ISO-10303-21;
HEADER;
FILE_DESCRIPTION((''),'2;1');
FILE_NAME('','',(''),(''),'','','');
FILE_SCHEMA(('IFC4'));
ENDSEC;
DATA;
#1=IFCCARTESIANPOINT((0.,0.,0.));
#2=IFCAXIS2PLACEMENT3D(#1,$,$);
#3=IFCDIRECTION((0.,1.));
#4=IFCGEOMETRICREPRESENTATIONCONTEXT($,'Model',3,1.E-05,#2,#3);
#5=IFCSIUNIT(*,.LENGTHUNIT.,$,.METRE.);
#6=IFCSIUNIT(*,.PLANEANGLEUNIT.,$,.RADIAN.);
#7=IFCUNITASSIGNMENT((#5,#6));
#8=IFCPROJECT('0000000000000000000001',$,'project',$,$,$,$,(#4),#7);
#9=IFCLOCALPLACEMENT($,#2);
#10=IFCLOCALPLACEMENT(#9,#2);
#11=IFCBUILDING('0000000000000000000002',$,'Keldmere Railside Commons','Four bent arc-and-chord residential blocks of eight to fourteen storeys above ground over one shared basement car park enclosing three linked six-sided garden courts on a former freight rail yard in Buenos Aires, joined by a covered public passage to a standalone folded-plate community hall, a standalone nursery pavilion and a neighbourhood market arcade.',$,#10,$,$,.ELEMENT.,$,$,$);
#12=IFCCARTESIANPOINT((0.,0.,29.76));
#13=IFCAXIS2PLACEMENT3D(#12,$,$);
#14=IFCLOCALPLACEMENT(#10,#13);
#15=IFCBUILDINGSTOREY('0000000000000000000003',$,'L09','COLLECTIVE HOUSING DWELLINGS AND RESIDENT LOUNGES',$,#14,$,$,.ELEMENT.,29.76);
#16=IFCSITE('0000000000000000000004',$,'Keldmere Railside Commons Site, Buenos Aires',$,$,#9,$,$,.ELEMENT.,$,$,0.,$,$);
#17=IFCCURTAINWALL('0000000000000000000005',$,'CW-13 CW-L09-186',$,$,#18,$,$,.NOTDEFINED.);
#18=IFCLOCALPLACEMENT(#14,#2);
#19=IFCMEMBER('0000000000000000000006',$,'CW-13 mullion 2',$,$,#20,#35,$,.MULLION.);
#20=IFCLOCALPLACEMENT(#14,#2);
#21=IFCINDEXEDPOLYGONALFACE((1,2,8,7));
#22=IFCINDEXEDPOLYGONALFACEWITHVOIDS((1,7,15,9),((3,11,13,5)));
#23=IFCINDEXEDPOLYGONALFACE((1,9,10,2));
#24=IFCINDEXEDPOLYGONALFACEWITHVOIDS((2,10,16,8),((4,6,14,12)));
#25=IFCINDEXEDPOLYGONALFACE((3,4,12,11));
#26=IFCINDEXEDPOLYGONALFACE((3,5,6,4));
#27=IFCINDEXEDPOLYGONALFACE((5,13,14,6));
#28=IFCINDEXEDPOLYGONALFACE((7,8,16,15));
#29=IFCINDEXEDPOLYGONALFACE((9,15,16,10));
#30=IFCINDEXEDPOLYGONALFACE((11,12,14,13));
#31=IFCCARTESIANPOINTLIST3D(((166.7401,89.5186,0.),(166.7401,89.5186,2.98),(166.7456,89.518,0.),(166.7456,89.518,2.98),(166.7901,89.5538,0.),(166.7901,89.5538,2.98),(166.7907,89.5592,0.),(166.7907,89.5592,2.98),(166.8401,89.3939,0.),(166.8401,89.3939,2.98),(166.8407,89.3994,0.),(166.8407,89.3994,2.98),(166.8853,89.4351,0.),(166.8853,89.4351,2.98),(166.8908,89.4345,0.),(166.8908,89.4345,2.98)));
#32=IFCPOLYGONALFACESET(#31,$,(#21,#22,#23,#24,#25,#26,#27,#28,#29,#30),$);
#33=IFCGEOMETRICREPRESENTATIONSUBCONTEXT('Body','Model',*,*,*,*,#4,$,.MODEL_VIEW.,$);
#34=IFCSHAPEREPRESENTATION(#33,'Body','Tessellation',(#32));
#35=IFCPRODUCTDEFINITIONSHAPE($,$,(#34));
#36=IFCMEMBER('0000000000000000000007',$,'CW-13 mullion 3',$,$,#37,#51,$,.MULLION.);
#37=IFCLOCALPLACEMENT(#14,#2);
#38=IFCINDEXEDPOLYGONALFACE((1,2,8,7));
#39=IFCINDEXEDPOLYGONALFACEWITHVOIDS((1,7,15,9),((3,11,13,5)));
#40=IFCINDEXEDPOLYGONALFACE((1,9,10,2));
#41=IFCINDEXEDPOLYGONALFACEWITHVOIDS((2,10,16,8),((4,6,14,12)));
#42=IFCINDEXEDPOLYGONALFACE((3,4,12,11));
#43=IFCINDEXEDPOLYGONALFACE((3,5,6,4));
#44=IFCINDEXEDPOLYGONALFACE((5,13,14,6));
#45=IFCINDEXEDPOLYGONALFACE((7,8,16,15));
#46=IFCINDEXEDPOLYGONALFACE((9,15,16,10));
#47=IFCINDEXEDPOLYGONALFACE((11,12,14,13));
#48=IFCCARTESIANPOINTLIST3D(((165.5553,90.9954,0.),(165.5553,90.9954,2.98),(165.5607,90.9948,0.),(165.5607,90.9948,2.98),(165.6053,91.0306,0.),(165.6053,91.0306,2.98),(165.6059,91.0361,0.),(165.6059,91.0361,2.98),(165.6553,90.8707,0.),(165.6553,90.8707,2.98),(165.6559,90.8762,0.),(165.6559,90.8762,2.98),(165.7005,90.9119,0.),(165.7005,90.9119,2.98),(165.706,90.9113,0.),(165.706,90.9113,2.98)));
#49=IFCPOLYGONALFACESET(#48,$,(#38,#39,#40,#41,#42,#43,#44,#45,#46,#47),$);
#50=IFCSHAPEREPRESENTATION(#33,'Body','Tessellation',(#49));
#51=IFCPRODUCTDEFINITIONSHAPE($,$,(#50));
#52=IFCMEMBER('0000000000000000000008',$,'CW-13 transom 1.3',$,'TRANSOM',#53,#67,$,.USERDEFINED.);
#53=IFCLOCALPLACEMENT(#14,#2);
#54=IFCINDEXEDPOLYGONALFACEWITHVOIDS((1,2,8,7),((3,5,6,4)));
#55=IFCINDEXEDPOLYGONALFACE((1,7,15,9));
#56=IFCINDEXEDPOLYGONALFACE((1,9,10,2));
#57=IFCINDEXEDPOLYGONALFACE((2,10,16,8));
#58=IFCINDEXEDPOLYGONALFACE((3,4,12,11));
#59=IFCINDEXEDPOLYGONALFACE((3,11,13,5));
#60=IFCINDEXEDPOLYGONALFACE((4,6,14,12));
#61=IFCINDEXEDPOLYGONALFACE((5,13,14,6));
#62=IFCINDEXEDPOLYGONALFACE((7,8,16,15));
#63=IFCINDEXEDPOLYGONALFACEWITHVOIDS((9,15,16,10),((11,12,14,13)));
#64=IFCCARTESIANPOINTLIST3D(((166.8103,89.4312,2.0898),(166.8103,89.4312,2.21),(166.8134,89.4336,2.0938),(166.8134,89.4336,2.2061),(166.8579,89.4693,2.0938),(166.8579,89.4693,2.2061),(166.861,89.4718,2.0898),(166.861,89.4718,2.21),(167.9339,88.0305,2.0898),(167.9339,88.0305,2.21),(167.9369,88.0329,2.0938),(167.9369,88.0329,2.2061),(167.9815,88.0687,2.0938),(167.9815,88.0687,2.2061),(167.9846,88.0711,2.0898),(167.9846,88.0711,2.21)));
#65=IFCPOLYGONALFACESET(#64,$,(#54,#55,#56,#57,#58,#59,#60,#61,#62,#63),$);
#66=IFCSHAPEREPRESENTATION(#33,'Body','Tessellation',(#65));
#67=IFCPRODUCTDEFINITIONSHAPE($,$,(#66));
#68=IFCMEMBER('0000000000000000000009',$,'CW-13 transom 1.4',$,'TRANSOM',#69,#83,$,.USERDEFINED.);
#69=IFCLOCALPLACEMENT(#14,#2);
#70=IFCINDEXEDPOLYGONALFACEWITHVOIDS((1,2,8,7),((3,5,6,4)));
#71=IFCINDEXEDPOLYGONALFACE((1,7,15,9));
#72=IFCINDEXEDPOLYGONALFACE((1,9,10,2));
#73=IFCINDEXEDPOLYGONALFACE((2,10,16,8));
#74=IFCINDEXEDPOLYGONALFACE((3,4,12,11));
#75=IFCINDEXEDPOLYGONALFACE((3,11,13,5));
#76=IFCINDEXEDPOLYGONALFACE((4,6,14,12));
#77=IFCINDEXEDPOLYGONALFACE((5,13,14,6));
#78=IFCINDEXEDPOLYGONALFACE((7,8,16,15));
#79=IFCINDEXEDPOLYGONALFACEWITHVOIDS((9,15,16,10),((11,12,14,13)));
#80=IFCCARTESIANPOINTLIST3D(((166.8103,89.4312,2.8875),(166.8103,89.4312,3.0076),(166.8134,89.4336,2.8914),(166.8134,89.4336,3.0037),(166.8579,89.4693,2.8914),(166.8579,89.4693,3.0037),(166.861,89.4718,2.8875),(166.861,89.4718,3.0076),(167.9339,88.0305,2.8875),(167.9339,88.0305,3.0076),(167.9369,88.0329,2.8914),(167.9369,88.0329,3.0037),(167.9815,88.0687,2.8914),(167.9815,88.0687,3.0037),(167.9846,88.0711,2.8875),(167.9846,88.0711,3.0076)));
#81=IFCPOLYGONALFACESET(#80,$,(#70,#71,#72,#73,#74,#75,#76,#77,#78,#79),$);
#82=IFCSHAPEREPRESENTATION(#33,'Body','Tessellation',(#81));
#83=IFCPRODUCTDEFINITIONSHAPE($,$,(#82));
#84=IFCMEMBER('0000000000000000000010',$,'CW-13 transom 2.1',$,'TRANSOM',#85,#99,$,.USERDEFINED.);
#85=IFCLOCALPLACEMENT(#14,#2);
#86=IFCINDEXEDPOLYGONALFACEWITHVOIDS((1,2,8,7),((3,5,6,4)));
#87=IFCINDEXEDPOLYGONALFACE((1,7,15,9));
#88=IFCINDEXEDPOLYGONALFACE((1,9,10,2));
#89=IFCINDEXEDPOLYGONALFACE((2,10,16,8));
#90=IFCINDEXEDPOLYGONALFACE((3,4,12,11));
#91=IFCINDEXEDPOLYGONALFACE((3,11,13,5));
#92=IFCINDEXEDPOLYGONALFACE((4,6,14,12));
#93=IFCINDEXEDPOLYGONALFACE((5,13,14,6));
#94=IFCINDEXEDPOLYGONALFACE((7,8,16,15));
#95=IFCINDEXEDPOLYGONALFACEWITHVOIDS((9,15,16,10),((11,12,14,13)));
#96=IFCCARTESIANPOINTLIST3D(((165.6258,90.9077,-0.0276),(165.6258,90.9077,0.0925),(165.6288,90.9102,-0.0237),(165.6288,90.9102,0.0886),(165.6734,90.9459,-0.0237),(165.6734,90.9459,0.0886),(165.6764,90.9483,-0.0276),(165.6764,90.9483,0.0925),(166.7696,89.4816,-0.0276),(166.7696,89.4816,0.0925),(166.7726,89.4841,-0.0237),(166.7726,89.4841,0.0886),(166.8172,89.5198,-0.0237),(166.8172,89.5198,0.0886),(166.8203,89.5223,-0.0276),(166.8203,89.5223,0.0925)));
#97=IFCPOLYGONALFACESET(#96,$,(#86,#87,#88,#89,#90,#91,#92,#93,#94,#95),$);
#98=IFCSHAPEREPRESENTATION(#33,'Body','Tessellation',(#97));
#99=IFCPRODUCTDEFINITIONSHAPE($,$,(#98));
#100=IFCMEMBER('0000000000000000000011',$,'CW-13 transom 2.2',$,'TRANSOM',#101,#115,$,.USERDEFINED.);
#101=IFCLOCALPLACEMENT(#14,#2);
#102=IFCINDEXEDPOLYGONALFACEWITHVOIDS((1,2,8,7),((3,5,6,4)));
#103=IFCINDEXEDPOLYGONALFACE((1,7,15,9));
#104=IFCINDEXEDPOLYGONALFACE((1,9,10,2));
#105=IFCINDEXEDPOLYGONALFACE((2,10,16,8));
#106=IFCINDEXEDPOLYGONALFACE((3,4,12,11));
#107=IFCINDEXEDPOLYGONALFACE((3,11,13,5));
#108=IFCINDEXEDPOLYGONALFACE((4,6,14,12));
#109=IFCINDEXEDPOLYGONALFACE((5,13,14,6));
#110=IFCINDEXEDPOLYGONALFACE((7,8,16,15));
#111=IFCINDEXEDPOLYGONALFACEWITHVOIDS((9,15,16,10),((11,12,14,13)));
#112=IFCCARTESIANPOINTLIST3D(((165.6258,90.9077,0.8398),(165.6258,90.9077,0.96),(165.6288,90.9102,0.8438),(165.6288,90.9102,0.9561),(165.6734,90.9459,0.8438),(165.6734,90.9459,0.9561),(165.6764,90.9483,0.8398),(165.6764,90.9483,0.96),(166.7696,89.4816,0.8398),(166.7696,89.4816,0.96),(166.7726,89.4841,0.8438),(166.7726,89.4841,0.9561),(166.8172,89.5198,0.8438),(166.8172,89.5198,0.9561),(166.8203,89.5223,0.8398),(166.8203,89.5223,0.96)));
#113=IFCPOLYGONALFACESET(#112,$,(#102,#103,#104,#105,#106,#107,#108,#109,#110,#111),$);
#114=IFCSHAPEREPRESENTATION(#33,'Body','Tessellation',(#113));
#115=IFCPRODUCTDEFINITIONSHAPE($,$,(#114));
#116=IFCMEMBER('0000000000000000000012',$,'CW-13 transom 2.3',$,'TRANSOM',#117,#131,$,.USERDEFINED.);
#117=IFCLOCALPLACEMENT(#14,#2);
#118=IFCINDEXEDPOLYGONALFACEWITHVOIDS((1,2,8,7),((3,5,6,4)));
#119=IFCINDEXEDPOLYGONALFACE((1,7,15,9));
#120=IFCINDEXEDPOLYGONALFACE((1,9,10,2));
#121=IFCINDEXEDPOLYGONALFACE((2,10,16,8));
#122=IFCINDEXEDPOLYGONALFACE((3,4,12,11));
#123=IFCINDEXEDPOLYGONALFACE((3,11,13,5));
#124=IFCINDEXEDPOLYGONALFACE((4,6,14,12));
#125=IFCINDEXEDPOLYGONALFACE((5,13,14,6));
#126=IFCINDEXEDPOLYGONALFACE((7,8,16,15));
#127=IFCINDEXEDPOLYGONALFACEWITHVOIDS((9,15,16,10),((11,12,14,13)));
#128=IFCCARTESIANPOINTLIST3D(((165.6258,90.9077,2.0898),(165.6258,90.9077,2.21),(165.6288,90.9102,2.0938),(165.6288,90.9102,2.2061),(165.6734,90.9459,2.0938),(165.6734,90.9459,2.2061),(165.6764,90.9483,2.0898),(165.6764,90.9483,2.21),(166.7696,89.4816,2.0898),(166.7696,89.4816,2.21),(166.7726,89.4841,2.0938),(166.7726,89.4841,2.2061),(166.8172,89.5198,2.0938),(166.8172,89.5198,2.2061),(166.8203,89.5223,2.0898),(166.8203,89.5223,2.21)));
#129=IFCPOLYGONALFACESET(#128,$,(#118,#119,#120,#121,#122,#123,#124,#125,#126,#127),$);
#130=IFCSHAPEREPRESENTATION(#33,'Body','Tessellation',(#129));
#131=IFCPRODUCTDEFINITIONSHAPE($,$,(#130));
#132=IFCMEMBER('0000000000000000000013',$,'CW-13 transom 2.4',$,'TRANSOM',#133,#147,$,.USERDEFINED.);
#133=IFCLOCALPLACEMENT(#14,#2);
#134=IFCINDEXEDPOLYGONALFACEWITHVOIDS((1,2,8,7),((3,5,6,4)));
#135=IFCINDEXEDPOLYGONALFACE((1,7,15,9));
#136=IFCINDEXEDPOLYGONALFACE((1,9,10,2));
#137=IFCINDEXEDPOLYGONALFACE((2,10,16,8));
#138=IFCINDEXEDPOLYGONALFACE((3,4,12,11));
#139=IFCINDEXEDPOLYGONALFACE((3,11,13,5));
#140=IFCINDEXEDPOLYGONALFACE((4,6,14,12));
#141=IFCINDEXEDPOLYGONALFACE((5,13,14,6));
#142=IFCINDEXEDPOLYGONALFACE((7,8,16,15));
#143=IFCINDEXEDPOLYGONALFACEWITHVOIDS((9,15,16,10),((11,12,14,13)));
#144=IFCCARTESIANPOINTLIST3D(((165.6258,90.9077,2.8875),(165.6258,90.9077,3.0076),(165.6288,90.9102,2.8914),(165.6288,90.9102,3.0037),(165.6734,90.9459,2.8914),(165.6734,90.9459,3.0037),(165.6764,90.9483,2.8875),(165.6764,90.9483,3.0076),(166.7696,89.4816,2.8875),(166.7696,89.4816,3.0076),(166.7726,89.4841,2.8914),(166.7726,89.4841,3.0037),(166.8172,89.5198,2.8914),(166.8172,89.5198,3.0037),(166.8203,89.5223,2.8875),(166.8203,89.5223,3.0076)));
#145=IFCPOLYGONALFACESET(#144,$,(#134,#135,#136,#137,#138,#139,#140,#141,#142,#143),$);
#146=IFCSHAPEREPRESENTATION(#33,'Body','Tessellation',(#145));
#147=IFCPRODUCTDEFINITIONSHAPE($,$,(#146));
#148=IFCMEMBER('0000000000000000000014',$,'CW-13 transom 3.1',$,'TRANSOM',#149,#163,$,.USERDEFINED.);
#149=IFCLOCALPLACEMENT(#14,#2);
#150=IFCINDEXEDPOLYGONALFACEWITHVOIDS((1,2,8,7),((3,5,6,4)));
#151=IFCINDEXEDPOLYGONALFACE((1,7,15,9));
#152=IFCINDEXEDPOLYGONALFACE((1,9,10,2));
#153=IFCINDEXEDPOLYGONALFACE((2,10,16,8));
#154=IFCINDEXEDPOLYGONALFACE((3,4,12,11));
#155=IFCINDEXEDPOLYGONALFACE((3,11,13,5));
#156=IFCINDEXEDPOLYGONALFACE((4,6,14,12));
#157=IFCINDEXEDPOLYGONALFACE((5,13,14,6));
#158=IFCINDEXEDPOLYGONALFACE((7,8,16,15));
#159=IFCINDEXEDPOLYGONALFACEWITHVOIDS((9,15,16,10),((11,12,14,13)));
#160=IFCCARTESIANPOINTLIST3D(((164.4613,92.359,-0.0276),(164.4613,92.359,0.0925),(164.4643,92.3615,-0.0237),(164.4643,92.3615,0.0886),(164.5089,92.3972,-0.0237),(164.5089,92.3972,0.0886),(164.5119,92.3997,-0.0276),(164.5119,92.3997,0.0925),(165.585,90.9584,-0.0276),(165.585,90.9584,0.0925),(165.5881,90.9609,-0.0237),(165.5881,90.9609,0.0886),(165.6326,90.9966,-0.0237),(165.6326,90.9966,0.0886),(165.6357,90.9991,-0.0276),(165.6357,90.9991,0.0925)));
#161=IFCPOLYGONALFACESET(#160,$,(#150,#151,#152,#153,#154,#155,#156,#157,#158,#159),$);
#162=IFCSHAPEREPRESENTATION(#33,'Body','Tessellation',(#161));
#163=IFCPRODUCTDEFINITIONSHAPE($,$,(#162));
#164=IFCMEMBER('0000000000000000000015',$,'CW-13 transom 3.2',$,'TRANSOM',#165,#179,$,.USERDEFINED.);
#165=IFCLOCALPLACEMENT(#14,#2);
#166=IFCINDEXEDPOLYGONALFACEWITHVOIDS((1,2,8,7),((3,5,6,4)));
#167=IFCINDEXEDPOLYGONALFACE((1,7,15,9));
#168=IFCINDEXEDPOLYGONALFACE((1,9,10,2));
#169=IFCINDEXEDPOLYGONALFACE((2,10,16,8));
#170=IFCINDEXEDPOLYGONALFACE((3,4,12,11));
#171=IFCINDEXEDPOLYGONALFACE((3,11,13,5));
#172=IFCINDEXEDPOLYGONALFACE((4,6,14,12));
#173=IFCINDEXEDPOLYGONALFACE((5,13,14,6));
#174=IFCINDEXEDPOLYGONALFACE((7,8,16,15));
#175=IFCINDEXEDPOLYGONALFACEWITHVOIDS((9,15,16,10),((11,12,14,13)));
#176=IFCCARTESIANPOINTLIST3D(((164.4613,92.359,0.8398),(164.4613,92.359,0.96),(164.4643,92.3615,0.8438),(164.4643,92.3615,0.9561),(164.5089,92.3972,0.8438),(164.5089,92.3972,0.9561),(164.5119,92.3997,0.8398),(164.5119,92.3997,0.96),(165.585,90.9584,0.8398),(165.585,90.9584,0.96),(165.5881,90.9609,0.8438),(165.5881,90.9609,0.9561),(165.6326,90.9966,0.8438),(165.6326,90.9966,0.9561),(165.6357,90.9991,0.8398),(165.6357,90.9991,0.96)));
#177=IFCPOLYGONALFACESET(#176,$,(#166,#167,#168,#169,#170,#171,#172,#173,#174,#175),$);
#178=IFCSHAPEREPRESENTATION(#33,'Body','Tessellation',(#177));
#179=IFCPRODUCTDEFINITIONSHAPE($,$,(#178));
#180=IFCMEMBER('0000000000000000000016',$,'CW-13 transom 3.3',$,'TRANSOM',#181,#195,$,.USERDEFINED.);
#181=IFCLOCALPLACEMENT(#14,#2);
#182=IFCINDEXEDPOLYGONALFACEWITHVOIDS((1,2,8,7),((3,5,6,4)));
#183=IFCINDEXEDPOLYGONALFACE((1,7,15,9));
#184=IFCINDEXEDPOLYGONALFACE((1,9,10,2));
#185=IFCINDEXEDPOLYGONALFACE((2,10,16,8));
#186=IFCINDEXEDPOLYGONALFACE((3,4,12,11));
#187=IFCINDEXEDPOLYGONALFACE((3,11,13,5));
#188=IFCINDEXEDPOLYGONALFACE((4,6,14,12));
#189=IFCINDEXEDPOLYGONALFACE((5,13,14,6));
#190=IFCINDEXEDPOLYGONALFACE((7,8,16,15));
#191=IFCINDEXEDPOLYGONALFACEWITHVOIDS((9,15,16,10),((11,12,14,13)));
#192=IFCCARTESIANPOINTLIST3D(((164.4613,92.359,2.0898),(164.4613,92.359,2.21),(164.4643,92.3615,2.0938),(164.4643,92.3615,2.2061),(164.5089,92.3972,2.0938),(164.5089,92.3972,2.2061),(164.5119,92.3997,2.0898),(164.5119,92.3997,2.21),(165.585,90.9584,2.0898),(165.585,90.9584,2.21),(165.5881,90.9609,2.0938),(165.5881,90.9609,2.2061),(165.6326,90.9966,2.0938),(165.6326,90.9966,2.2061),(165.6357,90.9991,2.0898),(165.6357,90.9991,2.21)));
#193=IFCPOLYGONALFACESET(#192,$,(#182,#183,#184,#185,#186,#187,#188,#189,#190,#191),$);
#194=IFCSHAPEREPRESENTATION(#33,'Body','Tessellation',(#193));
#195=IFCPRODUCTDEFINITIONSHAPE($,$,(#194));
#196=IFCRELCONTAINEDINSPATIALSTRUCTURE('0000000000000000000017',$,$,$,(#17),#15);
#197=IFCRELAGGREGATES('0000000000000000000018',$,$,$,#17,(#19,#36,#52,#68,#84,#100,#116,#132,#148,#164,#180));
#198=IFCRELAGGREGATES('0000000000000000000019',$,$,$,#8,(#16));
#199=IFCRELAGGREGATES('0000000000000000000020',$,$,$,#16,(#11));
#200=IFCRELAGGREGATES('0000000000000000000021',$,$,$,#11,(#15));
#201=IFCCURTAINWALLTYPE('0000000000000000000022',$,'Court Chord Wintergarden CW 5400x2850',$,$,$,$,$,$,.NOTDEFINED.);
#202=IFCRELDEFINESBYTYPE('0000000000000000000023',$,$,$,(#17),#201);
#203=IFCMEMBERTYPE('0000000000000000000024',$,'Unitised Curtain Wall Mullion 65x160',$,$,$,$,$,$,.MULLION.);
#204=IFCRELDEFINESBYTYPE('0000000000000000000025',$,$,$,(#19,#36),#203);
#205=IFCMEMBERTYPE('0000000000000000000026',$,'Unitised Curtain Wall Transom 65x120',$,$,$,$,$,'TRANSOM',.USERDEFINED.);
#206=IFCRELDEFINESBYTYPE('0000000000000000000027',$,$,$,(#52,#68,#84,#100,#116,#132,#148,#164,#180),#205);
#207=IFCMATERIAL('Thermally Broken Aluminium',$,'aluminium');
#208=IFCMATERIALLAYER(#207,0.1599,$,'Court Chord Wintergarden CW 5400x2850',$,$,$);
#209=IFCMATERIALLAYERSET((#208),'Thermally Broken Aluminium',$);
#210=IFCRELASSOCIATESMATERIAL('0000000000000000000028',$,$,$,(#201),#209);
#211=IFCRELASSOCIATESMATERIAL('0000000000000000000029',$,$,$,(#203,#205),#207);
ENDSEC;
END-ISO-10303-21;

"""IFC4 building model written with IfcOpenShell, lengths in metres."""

from ifc_helpers import new_model, si_unit, direction, frame, origin, origin_2d, place, context, subcontext, project, spatial, hollow_rectangle, extrude, material, layer, layer_set, material_profile, profile_set, type_object, element, aggregate, save


model = new_model("IFC4")

# Units and contexts
model_context = context("Model", 3, precision=1e-05, world=origin(), true_north=direction((0.0, 1.0)))
body_context = subcontext(model_context, "Body", "Model", "MODEL_VIEW")
ifc_project = project(units=[si_unit("LENGTHUNIT", "METRE"), si_unit("PLANEANGLEUNIT", "RADIAN")], contexts=[model_context])

# Site, building, storey
site_placement = place(None, origin())
site = spatial("IfcSite", under=ifc_project, at=site_placement, Name="Keldmere Railside Commons Site, Buenos Aires", CompositionType="ELEMENT", RefElevation=0.0)
building_placement = place(site_placement, origin())
building = spatial("IfcBuilding", under=site, at=building_placement, Name="Keldmere Railside Commons", Description="Four bent arc-and-chord residential blocks of eight to fourteen storeys above ground over one shared basement car park enclosing three linked six-sided garden courts on a former freight rail yard in Buenos Aires, joined by a covered public passage to a standalone folded-plate community hall, a standalone nursery pavilion and a neighbourhood market arcade.", CompositionType="ELEMENT")
storey_placement = place(building_placement, frame((0.0, 0.0, 29.76)))
storey = spatial("IfcBuildingStorey", under=building, at=storey_placement, Name="L09", Description="COLLECTIVE HOUSING DWELLINGS AND RESIDENT LOUNGES", CompositionType="ELEMENT", Elevation=29.76)

# Curtain wall, members
ifc_material_1 = material(Name="Thermally Broken Aluminium", Category="aluminium")
ifc_layer_1 = layer(ifc_material_1, 0.1599, Name="Court Chord Wintergarden CW 5400x2850")
ifc_layer_set_1 = layer_set([ifc_layer_1], Name="Thermally Broken Aluminium")
curtain_wall_type = type_object("IfcCurtainWallType", Name="Court Chord Wintergarden CW 5400x2850", PredefinedType="NOTDEFINED", material=ifc_layer_set_1)
curtain_wall_placement = place(storey_placement, origin())
curtain_wall = element("IfcCurtainWall", 1, at=curtain_wall_placement, inside=storey, type_object=curtain_wall_type, Name="CW-13 CW-L09-186", PredefinedType="NOTDEFINED")
ifc_material_profile_1 = material_profile(ifc_material_1, hollow_rectangle(XDim=0.0649, YDim=0.1599, WallThickness=0.0039, at=origin_2d()), Name="ALU-MULL-65x160")
ifc_profile_set_1 = profile_set([ifc_material_profile_1], Name="Thermally Broken Aluminium")
member_type_1 = type_object("IfcMemberType", Name="Unitised Curtain Wall Mullion 65x160", PredefinedType="MULLION", material=ifc_profile_set_1)
member_1_placement = place(storey_placement, frame((166.8154, 89.4766, 0.0), z_axis=(0.0, 0.0, 1.0), x_axis=(-0.780009, -0.625768, 0.0)))
member_1 = element("IfcMember", 2, at=member_1_placement, type_object=member_type_1, Name="CW-13 mullion 2", PredefinedType="MULLION", context=body_context, shape_type="SweptSolid", body=[
    extrude(hollow_rectangle(XDim=0.0649, YDim=0.1599, WallThickness=0.0039, at=origin_2d()), origin(), (0.0, 0.0, 1.0), 2.98),
])
member_2_placement = place(storey_placement, frame((165.6306, 90.9534, 0.0), z_axis=(0.0, 0.0, 1.0), x_axis=(-0.780009, -0.625768, 0.0)))
member_2 = element("IfcMember", 3, at=member_2_placement, type_object=member_type_1, Name="CW-13 mullion 3", PredefinedType="MULLION", context=body_context, shape_type="SweptSolid", body=[
    extrude(hollow_rectangle(XDim=0.0649, YDim=0.1599, WallThickness=0.0039, at=origin_2d()), origin(), (0.0, 0.0, 1.0), 2.98),
])
ifc_material_profile_2 = material_profile(ifc_material_1, hollow_rectangle(XDim=0.0649, YDim=0.1201, WallThickness=0.0039, at=origin_2d()), Name="ALU-TRAN-65x120")
ifc_profile_set_2 = profile_set([ifc_material_profile_2], Name="Thermally Broken Aluminium")
member_type_2 = type_object("IfcMemberType", Name="Unitised Curtain Wall Transom 65x120", ElementType="TRANSOM", PredefinedType="USERDEFINED", material=ifc_profile_set_2)
member_3_placement = place(storey_placement, frame((167.9592, 88.0508, 2.1499), z_axis=(-0.625723, 0.780046, 0.0), x_axis=(-0.780046, -0.625723, 0.0)))
member_3 = element("IfcMember", 4, at=member_3_placement, type_object=member_type_2, Name="CW-13 transom 1.3", ObjectType="TRANSOM", PredefinedType="USERDEFINED", context=body_context, shape_type="SweptSolid", body=[
    extrude(hollow_rectangle(XDim=0.0649, YDim=0.1201, WallThickness=0.0039, at=origin_2d()), origin(), (0.0, 0.0, 1.0), 1.7957),
])
member_4_placement = place(storey_placement, frame((167.9592, 88.0508, 2.9475), z_axis=(-0.625723, 0.780046, 0.0), x_axis=(-0.780046, -0.625723, 0.0)))
member_4 = element("IfcMember", 5, at=member_4_placement, type_object=member_type_2, Name="CW-13 transom 1.4", ObjectType="TRANSOM", PredefinedType="USERDEFINED", context=body_context, shape_type="SweptSolid", body=[
    extrude(hollow_rectangle(XDim=0.0649, YDim=0.1201, WallThickness=0.0039, at=origin_2d()), origin(), (0.0, 0.0, 1.0), 1.7957),
])
member_5_placement = place(storey_placement, frame((166.7949, 89.502, 0.0325), z_axis=(-0.625688, 0.780073, 0.0), x_axis=(-0.780073, -0.625688, 0.0)))
member_5 = element("IfcMember", 6, at=member_5_placement, type_object=member_type_2, Name="CW-13 transom 2.1", ObjectType="TRANSOM", PredefinedType="USERDEFINED", context=body_context, shape_type="SweptSolid", body=[
    extrude(hollow_rectangle(XDim=0.0649, YDim=0.1201, WallThickness=0.0039, at=origin_2d()), origin(), (0.0, 0.0, 1.0), 1.8281),
])
member_6_placement = place(storey_placement, frame((166.7949, 89.502, 0.8999), z_axis=(-0.625688, 0.780073, 0.0), x_axis=(-0.780073, -0.625688, 0.0)))
member_6 = element("IfcMember", 7, at=member_6_placement, type_object=member_type_2, Name="CW-13 transom 2.2", ObjectType="TRANSOM", PredefinedType="USERDEFINED", context=body_context, shape_type="SweptSolid", body=[
    extrude(hollow_rectangle(XDim=0.0649, YDim=0.1201, WallThickness=0.0039, at=origin_2d()), origin(), (0.0, 0.0, 1.0), 1.8281),
])
member_7_placement = place(storey_placement, frame((166.7949, 89.502, 2.1499), z_axis=(-0.625688, 0.780073, 0.0), x_axis=(-0.780073, -0.625688, 0.0)))
member_7 = element("IfcMember", 8, at=member_7_placement, type_object=member_type_2, Name="CW-13 transom 2.3", ObjectType="TRANSOM", PredefinedType="USERDEFINED", context=body_context, shape_type="SweptSolid", body=[
    extrude(hollow_rectangle(XDim=0.0649, YDim=0.1201, WallThickness=0.0039, at=origin_2d()), origin(), (0.0, 0.0, 1.0), 1.8281),
])
member_8_placement = place(storey_placement, frame((166.7949, 89.502, 2.9475), z_axis=(-0.625688, 0.780073, 0.0), x_axis=(-0.780073, -0.625688, 0.0)))
member_8 = element("IfcMember", 9, at=member_8_placement, type_object=member_type_2, Name="CW-13 transom 2.4", ObjectType="TRANSOM", PredefinedType="USERDEFINED", context=body_context, shape_type="SweptSolid", body=[
    extrude(hollow_rectangle(XDim=0.0649, YDim=0.1201, WallThickness=0.0039, at=origin_2d()), origin(), (0.0, 0.0, 1.0), 1.8281),
])
member_9_placement = place(storey_placement, frame((165.6104, 90.9788, 0.0325), z_axis=(-0.625805, 0.779979, 0.0), x_axis=(-0.779979, -0.625805, 0.0)))
member_9 = element("IfcMember", 10, at=member_9_placement, type_object=member_type_2, Name="CW-13 transom 3.1", ObjectType="TRANSOM", PredefinedType="USERDEFINED", context=body_context, shape_type="SweptSolid", body=[
    extrude(hollow_rectangle(XDim=0.0649, YDim=0.1201, WallThickness=0.0039, at=origin_2d()), origin(), (0.0, 0.0, 1.0), 1.7957),
])
member_10_placement = place(storey_placement, frame((165.6104, 90.9788, 0.8999), z_axis=(-0.625805, 0.779979, 0.0), x_axis=(-0.779979, -0.625805, 0.0)))
member_10 = element("IfcMember", 11, at=member_10_placement, type_object=member_type_2, Name="CW-13 transom 3.2", ObjectType="TRANSOM", PredefinedType="USERDEFINED", context=body_context, shape_type="SweptSolid", body=[
    extrude(hollow_rectangle(XDim=0.0649, YDim=0.1201, WallThickness=0.0039, at=origin_2d()), origin(), (0.0, 0.0, 1.0), 1.7957),
])
member_11_placement = place(storey_placement, frame((165.6104, 90.9788, 2.1499), z_axis=(-0.625805, 0.779979, 0.0), x_axis=(-0.779979, -0.625805, 0.0)))
member_11 = element("IfcMember", 12, at=member_11_placement, type_object=member_type_2, Name="CW-13 transom 3.3", ObjectType="TRANSOM", PredefinedType="USERDEFINED", context=body_context, shape_type="SweptSolid", body=[
    extrude(hollow_rectangle(XDim=0.0649, YDim=0.1201, WallThickness=0.0039, at=origin_2d()), origin(), (0.0, 0.0, 1.0), 1.7957),
])
aggregate(curtain_wall, [member_1, member_2, member_3, member_4, member_5, member_6, member_7, member_8, member_9, member_10, member_11])

save(model, "model.ifc")
